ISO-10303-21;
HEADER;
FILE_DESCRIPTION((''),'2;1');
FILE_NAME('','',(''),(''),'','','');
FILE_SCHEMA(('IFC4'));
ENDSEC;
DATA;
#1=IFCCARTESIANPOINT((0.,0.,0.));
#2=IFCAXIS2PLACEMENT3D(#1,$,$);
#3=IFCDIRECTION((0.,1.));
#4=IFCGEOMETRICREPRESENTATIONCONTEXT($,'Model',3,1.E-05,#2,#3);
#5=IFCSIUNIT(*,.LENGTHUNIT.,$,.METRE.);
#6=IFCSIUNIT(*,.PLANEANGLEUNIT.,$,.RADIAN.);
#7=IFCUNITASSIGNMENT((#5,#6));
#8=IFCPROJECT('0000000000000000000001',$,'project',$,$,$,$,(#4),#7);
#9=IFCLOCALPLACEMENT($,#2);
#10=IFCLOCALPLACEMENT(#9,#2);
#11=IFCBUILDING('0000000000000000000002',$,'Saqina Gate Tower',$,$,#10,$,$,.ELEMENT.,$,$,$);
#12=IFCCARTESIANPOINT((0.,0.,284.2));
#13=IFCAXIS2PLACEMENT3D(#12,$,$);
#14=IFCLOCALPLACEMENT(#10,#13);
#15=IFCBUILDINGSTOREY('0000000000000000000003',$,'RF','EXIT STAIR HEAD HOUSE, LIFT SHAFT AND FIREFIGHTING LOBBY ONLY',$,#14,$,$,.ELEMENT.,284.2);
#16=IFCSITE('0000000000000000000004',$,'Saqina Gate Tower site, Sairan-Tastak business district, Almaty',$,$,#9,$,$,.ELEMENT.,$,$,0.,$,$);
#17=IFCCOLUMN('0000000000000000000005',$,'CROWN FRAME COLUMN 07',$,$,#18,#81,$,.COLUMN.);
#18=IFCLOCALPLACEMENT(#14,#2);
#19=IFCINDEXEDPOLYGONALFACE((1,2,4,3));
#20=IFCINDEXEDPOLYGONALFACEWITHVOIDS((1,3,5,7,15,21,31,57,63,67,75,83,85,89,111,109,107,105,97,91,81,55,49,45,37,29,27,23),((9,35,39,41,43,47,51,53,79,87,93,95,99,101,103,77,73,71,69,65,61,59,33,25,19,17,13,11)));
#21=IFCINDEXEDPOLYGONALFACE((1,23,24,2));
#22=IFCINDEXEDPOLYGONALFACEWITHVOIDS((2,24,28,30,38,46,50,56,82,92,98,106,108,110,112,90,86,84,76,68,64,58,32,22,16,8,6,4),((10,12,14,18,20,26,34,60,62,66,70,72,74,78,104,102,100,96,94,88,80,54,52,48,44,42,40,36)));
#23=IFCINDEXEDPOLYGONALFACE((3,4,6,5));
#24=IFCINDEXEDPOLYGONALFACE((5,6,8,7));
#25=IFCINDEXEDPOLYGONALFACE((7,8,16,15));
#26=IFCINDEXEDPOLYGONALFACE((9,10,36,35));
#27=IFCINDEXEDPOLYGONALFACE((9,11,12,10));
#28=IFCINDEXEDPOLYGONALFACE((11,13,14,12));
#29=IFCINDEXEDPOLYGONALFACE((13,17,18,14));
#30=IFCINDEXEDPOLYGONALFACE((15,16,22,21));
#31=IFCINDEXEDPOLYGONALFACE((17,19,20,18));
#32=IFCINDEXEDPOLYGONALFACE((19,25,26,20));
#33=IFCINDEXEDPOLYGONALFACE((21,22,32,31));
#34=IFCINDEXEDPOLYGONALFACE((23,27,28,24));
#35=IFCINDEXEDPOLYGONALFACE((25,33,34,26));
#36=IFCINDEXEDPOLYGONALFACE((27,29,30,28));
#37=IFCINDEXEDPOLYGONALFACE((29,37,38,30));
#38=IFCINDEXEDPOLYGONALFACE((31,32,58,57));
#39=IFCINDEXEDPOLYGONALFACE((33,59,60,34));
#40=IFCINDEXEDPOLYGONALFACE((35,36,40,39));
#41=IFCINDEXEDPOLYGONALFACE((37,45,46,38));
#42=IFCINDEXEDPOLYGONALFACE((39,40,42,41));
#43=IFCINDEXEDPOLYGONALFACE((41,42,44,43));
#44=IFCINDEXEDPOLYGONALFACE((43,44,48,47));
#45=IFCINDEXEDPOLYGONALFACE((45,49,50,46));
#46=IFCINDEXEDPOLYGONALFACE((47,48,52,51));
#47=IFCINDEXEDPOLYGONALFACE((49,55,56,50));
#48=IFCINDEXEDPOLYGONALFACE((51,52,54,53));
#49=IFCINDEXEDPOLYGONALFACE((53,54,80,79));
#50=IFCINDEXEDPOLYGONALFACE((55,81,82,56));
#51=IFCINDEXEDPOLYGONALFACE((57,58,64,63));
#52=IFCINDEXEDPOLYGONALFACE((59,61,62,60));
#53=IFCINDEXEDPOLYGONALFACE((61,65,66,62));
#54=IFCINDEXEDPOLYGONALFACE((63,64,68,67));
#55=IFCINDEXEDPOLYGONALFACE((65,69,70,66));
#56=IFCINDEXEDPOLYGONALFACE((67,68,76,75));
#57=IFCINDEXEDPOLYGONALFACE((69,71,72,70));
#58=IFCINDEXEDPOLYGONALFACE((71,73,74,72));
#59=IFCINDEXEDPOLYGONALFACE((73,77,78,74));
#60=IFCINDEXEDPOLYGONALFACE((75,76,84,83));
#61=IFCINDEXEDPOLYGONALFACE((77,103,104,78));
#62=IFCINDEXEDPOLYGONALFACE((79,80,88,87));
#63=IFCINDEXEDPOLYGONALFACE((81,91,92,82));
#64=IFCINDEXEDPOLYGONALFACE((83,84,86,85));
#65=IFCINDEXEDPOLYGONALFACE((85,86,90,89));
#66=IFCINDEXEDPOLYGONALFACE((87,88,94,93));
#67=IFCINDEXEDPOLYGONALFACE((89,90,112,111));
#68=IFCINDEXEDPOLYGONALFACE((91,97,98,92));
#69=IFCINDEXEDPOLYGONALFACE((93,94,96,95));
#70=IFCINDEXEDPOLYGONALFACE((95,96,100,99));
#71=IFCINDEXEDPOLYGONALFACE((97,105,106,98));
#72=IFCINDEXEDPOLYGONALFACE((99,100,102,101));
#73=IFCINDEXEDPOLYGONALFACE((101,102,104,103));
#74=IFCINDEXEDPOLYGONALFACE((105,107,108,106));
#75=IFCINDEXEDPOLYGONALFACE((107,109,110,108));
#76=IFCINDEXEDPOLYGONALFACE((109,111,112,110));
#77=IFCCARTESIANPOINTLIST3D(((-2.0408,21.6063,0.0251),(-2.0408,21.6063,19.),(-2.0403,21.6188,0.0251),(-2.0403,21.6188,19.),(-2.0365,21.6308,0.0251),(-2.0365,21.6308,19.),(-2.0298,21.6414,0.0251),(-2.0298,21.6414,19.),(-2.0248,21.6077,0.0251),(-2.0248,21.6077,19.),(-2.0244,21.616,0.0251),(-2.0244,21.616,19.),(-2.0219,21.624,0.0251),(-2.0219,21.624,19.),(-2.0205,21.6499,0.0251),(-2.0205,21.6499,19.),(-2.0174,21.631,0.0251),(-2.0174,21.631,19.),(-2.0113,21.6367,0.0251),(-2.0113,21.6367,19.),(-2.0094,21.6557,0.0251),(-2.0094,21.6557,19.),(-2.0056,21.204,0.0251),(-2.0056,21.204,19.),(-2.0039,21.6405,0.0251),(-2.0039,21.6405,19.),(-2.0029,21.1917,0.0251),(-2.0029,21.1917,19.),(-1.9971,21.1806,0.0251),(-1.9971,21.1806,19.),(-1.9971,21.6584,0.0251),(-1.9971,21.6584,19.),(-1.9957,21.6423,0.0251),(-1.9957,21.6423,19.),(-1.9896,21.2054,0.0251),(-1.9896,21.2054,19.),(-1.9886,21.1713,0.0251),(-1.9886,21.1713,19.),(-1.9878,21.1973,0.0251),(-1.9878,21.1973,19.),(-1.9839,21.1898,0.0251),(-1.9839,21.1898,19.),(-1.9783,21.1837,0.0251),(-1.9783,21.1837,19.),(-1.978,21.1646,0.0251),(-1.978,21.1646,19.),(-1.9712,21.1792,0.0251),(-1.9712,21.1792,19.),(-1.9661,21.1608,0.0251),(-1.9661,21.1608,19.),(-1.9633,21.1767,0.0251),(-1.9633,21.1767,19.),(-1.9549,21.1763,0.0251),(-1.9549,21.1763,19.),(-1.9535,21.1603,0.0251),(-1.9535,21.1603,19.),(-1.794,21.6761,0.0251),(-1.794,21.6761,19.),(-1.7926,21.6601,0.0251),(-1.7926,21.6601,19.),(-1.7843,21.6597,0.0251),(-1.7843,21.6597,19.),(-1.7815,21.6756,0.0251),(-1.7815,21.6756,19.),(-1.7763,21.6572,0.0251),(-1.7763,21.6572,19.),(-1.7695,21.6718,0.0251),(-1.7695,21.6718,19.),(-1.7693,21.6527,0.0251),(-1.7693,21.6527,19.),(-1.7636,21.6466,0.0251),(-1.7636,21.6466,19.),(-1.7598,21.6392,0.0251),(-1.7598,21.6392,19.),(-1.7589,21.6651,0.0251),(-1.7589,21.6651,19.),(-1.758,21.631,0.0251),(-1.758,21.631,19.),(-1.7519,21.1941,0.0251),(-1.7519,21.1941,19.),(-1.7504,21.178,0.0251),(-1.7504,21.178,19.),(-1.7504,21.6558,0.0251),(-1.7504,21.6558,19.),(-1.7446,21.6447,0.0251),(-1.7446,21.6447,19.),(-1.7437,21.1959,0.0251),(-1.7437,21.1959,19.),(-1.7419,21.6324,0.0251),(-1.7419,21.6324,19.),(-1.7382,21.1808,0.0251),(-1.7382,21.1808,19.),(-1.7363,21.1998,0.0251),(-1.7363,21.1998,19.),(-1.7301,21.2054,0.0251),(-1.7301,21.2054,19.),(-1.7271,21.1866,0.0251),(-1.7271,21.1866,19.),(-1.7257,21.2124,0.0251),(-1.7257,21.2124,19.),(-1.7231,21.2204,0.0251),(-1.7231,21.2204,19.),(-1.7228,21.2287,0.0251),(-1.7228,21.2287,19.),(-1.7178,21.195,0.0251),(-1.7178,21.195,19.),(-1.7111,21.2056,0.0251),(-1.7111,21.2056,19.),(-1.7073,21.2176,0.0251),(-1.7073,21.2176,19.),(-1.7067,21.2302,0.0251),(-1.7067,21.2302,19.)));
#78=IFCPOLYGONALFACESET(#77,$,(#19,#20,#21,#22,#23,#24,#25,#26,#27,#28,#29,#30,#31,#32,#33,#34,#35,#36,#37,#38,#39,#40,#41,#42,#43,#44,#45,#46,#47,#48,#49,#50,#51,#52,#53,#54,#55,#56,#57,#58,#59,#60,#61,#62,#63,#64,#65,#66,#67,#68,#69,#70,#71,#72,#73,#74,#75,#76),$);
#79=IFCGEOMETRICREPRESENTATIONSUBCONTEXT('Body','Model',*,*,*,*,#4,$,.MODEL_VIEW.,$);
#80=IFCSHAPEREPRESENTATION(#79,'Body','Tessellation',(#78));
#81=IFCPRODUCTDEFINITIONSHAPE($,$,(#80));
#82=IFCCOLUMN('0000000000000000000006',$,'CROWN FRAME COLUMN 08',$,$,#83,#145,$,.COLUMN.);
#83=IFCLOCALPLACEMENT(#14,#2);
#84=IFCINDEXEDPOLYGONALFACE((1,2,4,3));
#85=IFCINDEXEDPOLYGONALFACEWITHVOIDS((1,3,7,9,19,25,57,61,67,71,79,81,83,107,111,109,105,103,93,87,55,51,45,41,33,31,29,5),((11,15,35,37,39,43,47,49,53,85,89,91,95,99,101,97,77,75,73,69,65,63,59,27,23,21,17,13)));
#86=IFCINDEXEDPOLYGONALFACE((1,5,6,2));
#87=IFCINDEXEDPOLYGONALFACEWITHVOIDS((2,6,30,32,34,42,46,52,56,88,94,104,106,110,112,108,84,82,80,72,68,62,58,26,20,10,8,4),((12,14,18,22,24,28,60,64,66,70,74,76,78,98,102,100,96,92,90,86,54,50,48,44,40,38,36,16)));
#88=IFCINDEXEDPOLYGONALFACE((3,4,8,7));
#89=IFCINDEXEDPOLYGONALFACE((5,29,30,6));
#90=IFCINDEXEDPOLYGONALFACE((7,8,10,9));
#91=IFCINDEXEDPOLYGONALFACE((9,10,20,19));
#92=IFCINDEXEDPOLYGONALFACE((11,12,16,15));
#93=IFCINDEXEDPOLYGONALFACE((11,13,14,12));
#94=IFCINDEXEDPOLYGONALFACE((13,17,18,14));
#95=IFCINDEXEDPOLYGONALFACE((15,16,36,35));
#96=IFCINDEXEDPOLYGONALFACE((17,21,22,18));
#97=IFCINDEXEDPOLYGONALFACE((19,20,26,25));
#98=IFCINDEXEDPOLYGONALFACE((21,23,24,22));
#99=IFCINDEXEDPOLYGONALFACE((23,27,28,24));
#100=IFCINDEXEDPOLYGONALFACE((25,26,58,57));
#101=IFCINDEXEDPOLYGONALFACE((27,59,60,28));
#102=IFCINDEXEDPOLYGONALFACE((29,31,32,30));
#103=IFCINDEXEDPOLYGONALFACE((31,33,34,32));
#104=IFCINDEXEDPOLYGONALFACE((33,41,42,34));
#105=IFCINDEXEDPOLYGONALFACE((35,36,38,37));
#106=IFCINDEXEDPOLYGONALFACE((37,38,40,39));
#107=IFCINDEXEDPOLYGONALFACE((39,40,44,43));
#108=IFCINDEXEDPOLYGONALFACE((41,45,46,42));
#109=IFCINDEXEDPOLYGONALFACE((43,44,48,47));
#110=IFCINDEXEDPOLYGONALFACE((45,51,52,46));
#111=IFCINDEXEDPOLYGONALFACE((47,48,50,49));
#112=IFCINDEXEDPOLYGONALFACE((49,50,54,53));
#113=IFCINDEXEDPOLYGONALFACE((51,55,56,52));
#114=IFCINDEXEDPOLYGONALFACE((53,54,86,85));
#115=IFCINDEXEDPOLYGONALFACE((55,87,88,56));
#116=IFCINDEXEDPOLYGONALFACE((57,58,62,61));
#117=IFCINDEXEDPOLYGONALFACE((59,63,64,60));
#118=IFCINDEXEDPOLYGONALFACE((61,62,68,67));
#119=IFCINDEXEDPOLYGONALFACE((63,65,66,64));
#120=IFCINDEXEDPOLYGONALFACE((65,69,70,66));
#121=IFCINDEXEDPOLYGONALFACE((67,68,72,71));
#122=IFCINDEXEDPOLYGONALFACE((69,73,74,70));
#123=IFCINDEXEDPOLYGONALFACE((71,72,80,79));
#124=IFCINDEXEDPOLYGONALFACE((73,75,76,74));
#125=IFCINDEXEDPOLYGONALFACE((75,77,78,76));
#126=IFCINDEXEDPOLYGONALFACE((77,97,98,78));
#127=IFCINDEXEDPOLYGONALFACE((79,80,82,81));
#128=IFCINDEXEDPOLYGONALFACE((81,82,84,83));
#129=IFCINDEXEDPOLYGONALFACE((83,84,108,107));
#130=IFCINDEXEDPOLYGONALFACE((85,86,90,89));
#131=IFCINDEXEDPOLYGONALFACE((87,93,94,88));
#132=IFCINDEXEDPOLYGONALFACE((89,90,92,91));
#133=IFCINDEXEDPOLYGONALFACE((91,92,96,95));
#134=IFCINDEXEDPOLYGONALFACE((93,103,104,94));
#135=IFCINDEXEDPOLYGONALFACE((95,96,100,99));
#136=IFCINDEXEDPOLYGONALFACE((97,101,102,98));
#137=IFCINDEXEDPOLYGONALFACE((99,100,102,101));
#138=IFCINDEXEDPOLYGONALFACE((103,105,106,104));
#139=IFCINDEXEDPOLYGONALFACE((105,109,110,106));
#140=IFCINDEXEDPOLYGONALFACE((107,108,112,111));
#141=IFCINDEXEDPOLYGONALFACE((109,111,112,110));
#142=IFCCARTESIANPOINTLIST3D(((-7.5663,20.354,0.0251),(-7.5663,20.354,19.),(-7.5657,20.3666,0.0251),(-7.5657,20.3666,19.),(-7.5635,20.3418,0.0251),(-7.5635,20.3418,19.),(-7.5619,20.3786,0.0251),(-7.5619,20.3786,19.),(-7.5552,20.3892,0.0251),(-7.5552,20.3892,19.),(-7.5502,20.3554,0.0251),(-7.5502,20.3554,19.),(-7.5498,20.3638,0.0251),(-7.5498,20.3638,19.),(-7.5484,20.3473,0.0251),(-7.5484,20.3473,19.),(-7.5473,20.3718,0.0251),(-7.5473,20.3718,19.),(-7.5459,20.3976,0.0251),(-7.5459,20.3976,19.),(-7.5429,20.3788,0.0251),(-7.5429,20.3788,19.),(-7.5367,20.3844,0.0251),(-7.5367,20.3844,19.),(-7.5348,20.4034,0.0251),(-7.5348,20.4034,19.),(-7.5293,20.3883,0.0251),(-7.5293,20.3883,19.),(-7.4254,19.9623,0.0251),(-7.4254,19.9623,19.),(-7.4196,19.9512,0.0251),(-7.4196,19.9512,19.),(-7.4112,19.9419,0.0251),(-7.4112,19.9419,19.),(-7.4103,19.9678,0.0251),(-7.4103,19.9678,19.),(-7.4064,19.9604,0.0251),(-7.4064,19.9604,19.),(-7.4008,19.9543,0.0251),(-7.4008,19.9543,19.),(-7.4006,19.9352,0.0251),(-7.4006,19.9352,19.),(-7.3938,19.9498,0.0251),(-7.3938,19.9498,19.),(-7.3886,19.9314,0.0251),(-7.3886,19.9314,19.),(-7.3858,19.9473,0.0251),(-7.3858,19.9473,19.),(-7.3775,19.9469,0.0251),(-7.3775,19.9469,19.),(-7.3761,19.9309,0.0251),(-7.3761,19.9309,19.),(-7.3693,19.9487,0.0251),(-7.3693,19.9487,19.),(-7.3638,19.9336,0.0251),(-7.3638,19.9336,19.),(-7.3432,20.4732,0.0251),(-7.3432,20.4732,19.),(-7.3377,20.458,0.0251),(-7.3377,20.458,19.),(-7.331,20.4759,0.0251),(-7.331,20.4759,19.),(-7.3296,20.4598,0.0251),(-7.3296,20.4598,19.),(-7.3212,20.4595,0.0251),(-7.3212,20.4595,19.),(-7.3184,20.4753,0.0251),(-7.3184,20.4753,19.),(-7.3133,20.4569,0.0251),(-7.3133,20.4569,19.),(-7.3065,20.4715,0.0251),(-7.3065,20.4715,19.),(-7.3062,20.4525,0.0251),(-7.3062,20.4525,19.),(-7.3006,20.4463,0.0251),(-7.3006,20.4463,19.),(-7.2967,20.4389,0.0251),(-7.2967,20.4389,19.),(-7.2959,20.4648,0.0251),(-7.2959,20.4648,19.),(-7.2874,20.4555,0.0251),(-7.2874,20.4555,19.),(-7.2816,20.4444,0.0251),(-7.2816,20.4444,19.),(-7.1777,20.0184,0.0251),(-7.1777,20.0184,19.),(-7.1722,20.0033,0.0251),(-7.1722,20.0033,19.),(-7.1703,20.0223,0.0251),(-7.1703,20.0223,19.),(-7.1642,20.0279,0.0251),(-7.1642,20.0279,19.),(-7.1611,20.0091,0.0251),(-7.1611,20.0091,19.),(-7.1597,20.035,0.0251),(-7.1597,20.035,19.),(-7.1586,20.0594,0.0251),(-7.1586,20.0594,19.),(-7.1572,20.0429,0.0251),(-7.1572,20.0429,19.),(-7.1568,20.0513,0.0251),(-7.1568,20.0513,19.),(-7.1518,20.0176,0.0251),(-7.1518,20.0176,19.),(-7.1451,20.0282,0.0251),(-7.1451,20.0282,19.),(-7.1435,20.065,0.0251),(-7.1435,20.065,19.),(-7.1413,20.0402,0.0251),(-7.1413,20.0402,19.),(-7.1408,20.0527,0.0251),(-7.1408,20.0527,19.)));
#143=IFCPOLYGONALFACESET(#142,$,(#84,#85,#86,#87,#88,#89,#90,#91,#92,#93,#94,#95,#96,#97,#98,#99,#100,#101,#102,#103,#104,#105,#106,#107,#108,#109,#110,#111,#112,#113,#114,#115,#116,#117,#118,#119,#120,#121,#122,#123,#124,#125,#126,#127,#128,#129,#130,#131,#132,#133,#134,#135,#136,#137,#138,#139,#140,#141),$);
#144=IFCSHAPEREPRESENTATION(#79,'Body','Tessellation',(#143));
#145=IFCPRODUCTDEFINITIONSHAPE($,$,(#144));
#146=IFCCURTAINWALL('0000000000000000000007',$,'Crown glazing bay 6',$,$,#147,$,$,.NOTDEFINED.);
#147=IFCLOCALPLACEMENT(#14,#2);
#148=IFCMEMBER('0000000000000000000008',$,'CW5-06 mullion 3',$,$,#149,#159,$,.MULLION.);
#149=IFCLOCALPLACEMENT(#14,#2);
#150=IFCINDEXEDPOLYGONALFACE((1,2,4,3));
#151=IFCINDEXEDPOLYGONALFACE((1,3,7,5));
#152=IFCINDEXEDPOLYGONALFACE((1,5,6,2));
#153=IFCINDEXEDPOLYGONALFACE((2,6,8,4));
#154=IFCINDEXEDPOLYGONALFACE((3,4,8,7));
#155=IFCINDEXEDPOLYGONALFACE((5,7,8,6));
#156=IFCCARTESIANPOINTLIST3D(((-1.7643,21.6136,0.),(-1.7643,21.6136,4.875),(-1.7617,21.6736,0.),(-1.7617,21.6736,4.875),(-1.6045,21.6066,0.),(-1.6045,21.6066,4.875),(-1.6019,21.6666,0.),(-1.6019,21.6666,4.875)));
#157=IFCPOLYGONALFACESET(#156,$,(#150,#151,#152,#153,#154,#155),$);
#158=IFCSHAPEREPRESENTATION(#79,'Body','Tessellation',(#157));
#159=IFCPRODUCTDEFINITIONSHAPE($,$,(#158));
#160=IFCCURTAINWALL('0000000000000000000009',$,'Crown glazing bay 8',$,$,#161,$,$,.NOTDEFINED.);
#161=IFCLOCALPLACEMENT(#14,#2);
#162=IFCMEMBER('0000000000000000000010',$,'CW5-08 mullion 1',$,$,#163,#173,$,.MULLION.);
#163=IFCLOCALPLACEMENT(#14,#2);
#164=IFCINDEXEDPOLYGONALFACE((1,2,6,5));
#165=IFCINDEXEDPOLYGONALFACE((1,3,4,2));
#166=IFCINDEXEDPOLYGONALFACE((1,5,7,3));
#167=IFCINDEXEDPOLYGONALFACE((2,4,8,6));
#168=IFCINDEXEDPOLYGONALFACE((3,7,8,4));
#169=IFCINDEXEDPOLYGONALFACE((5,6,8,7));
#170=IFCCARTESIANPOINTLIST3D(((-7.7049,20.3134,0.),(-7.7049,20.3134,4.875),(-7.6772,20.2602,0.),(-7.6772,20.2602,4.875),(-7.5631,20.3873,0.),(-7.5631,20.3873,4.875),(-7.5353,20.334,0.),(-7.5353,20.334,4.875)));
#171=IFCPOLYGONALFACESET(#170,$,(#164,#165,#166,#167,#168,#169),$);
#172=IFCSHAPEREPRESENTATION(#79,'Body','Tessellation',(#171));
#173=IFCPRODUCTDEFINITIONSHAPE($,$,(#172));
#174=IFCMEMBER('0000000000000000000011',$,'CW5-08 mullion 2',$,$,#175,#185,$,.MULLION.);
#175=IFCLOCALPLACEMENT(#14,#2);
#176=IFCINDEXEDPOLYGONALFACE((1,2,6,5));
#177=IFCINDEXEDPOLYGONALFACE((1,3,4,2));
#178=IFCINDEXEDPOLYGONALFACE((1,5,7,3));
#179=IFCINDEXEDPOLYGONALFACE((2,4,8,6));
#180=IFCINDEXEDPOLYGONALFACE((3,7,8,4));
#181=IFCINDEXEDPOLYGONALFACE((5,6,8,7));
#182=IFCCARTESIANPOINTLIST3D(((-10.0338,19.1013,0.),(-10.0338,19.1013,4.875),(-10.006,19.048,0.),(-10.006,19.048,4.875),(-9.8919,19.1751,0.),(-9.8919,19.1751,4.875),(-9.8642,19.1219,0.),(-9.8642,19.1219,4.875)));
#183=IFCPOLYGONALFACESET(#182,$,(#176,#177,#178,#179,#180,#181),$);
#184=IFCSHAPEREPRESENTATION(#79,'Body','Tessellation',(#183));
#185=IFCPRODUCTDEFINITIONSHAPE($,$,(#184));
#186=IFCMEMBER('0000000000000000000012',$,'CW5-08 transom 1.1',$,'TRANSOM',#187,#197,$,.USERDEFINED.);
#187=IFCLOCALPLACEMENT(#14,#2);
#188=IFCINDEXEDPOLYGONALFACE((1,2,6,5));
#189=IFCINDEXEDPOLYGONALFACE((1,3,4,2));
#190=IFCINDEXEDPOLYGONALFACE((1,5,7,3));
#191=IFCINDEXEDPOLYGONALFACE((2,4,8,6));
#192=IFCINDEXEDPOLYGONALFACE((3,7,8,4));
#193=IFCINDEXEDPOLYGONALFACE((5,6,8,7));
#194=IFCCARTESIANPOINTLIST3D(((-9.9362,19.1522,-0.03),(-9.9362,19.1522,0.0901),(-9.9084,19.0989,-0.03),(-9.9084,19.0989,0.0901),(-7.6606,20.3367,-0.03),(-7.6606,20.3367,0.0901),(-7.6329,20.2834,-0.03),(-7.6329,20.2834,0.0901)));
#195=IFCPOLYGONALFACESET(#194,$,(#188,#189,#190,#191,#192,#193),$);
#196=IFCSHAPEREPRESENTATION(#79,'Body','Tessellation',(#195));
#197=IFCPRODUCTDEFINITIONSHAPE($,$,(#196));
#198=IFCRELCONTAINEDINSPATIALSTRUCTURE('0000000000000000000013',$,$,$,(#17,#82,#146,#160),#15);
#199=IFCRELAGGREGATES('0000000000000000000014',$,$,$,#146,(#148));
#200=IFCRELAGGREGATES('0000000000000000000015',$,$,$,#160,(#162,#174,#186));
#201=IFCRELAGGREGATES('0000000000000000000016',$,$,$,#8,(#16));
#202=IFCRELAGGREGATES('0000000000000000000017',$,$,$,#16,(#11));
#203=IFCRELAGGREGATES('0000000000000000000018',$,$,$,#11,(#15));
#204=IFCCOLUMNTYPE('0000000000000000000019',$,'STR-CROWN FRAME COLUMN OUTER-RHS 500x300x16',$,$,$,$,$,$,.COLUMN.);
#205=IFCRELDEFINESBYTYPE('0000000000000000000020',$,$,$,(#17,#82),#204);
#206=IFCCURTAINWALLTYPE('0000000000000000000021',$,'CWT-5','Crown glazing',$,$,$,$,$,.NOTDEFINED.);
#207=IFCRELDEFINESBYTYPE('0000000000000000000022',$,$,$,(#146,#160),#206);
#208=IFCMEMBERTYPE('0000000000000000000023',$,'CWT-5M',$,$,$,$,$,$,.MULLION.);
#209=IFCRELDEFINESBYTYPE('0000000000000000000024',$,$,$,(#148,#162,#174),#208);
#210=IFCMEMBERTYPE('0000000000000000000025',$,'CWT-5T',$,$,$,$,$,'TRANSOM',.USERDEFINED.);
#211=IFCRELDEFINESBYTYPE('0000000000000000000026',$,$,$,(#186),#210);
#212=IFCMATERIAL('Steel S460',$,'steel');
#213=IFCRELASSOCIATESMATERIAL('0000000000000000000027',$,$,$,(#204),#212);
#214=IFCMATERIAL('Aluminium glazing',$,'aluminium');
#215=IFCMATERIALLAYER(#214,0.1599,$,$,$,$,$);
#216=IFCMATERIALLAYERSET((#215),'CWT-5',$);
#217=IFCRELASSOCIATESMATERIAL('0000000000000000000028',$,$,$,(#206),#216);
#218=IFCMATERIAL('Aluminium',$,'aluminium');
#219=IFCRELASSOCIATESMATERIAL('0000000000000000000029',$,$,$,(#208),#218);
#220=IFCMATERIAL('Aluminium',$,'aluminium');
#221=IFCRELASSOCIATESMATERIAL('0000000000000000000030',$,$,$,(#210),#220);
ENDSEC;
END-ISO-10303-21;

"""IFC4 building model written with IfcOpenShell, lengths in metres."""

from ifc_helpers import new_model, si_unit, direction, frame, origin, origin_2d, place, context, subcontext, project, spatial, rectangle, hollow_rectangle, extrude, material, layer, layer_set, material_profile, profile_set, type_object, element, aggregate, save


model = new_model("IFC4")

# Units and contexts
model_context = context("Model", 3, precision=1e-05, world=origin(), true_north=direction((0.0, 1.0)))
body_context = subcontext(model_context, "Body", "Model", "MODEL_VIEW")
ifc_project = project(units=[si_unit("LENGTHUNIT", "METRE"), si_unit("PLANEANGLEUNIT", "RADIAN")], contexts=[model_context])

# Site, building, storey
site_placement = place(None, origin())
site = spatial("IfcSite", under=ifc_project, at=site_placement, Name="Saqina Gate Tower site, Sairan-Tastak business district, Almaty", CompositionType="ELEMENT", RefElevation=0.0)
building_placement = place(site_placement, origin())
building = spatial("IfcBuilding", under=site, at=building_placement, Name="Saqina Gate Tower", CompositionType="ELEMENT")
storey_placement = place(building_placement, frame((0.0, 0.0, 284.2)))
storey = spatial("IfcBuildingStorey", under=building, at=storey_placement, Name="RF", Description="EXIT STAIR HEAD HOUSE, LIFT SHAFT AND FIREFIGHTING LOBBY ONLY", CompositionType="ELEMENT", Elevation=284.2)

# Columns
ifc_material_1 = material(Name="Steel S460", Category="steel")
ifc_material_profile_1 = material_profile(ifc_material_1, hollow_rectangle(XDim=0.3, YDim=0.5, WallThickness=0.0161, InnerFilletRadius=0.032, OuterFilletRadius=0.0481, at=origin_2d()), Name="RHS 500x300x16")
ifc_profile_set_1 = profile_set([ifc_material_profile_1], Name="Steel S460")
column_type_1 = type_object("IfcColumnType", Name="STR-CROWN FRAME COLUMN OUTER-RHS 500x300x16", PredefinedType="COLUMN", material=ifc_profile_set_1)
for number, where, z_axis, x_axis, name in (
    (1, (-1.8738, 21.4182, 0.0251), (0.0, 0.0, 1.0), (-0.996195, -0.087156, 0.0), "CROWN FRAME COLUMN 07"),
    (2, (-7.3535, 20.2034, 0.0251), (0.0, 0.0, 1.0), (-0.939693, -0.34202, 0.0), "CROWN FRAME COLUMN 08"),
):
    element("IfcColumn", number, at=place(storey_placement, frame(where, z_axis=z_axis, x_axis=x_axis)), inside=storey, type_object=column_type_1, Name=name, PredefinedType="COLUMN", context=body_context, shape_type="SweptSolid", body=[
        extrude(hollow_rectangle(XDim=0.3, YDim=0.5, WallThickness=0.0161, InnerFilletRadius=0.032, OuterFilletRadius=0.0481, at=origin_2d()), origin(), (0.0, 0.0, 1.0), 18.9749),
    ])

# Curtain wall, member
ifc_material_2 = material(Name="Aluminium glazing", Category="aluminium")
ifc_layer_1 = layer(ifc_material_2, 0.1599)
ifc_layer_set_1 = layer_set([ifc_layer_1], Name="CWT-5")
curtain_wall_type = type_object("IfcCurtainWallType", Name="CWT-5", Description="Crown glazing", PredefinedType="NOTDEFINED", material=ifc_layer_set_1)
curtain_wall_1_placement = place(storey_placement, origin())
curtain_wall_1 = element("IfcCurtainWall", 3, at=curtain_wall_1_placement, inside=storey, type_object=curtain_wall_type, Name="Crown glazing bay 6", PredefinedType="NOTDEFINED")
ifc_material_3 = material(Name="Aluminium", Category="aluminium")
ifc_material_profile_2 = material_profile(ifc_material_3, rectangle(XDim=0.0601, YDim=0.1599, at=origin_2d()), Name="Aluminium 60x160")
ifc_profile_set_2 = profile_set([ifc_material_profile_2], Name="Aluminium")
member_type_1 = type_object("IfcMemberType", Name="CWT-5M", PredefinedType="MULLION", material=ifc_profile_set_2)
member_1_placement = place(storey_placement, frame((-1.6831, 21.6401, 0.0), z_axis=(0.0, 0.0, 1.0), x_axis=(-0.043629, -0.999048, 0.0)))
member_1 = element("IfcMember", 4, at=member_1_placement, type_object=member_type_1, Name="CW5-06 mullion 3", PredefinedType="MULLION", context=body_context, shape_type="SweptSolid", body=[
    extrude(rectangle(XDim=0.0601, YDim=0.1599, at=origin_2d()), origin(), (0.0, 0.0, 1.0), 4.875),
])

# Curtain wall, members
curtain_wall_2_placement = place(storey_placement, origin())
curtain_wall_2 = element("IfcCurtainWall", 5, at=curtain_wall_2_placement, inside=storey, type_object=curtain_wall_type, Name="Crown glazing bay 8", PredefinedType="NOTDEFINED")
member_2_placement = place(storey_placement, frame((-7.6201, 20.3237, 0.0), z_axis=(0.0, 0.0, 1.0), x_axis=(0.461751, -0.88701, 0.0)))
member_2 = element("IfcMember", 6, at=member_2_placement, type_object=member_type_1, Name="CW5-08 mullion 1", PredefinedType="MULLION", context=body_context, shape_type="SweptSolid", body=[
    extrude(rectangle(XDim=0.0601, YDim=0.1599, at=origin_2d()), origin(), (0.0, 0.0, 1.0), 4.875),
])
member_3_placement = place(storey_placement, frame((-9.949, 19.1116, 0.0), z_axis=(0.0, 0.0, 1.0), x_axis=(0.461751, -0.88701, 0.0)))
member_3 = element("IfcMember", 7, at=member_3_placement, type_object=member_type_1, Name="CW5-08 mullion 2", PredefinedType="MULLION", context=body_context, shape_type="SweptSolid", body=[
    extrude(rectangle(XDim=0.0601, YDim=0.1599, at=origin_2d()), origin(), (0.0, 0.0, 1.0), 4.875),
])
ifc_material_4 = material(Name="Aluminium", Category="aluminium")
ifc_material_profile_3 = material_profile(ifc_material_4, rectangle(XDim=0.0601, YDim=0.1201, at=origin_2d()), Name="Aluminium 60x120")
ifc_profile_set_3 = profile_set([ifc_material_profile_3], Name="Aluminium")
member_type_2 = type_object("IfcMemberType", Name="CWT-5T", ElementType="TRANSOM", PredefinedType="USERDEFINED", material=ifc_profile_set_3)
member_4_placement = place(storey_placement, frame((-7.6467, 20.3101, 0.03), z_axis=(-0.887019, -0.461733, 0.0), x_axis=(0.461733, -0.887019, 0.0)))
member_4 = element("IfcMember", 8, at=member_4_placement, type_object=member_type_2, Name="CW5-08 transom 1.1", ObjectType="TRANSOM", PredefinedType="USERDEFINED", context=body_context, shape_type="SweptSolid", body=[
    extrude(rectangle(XDim=0.0601, YDim=0.1201, at=origin_2d()), origin(), (0.0, 0.0, 1.0), 2.5654),
])

aggregate(curtain_wall_1, [member_1])
aggregate(curtain_wall_2, [member_2, member_3, member_4])

save(model, "model.ifc")
